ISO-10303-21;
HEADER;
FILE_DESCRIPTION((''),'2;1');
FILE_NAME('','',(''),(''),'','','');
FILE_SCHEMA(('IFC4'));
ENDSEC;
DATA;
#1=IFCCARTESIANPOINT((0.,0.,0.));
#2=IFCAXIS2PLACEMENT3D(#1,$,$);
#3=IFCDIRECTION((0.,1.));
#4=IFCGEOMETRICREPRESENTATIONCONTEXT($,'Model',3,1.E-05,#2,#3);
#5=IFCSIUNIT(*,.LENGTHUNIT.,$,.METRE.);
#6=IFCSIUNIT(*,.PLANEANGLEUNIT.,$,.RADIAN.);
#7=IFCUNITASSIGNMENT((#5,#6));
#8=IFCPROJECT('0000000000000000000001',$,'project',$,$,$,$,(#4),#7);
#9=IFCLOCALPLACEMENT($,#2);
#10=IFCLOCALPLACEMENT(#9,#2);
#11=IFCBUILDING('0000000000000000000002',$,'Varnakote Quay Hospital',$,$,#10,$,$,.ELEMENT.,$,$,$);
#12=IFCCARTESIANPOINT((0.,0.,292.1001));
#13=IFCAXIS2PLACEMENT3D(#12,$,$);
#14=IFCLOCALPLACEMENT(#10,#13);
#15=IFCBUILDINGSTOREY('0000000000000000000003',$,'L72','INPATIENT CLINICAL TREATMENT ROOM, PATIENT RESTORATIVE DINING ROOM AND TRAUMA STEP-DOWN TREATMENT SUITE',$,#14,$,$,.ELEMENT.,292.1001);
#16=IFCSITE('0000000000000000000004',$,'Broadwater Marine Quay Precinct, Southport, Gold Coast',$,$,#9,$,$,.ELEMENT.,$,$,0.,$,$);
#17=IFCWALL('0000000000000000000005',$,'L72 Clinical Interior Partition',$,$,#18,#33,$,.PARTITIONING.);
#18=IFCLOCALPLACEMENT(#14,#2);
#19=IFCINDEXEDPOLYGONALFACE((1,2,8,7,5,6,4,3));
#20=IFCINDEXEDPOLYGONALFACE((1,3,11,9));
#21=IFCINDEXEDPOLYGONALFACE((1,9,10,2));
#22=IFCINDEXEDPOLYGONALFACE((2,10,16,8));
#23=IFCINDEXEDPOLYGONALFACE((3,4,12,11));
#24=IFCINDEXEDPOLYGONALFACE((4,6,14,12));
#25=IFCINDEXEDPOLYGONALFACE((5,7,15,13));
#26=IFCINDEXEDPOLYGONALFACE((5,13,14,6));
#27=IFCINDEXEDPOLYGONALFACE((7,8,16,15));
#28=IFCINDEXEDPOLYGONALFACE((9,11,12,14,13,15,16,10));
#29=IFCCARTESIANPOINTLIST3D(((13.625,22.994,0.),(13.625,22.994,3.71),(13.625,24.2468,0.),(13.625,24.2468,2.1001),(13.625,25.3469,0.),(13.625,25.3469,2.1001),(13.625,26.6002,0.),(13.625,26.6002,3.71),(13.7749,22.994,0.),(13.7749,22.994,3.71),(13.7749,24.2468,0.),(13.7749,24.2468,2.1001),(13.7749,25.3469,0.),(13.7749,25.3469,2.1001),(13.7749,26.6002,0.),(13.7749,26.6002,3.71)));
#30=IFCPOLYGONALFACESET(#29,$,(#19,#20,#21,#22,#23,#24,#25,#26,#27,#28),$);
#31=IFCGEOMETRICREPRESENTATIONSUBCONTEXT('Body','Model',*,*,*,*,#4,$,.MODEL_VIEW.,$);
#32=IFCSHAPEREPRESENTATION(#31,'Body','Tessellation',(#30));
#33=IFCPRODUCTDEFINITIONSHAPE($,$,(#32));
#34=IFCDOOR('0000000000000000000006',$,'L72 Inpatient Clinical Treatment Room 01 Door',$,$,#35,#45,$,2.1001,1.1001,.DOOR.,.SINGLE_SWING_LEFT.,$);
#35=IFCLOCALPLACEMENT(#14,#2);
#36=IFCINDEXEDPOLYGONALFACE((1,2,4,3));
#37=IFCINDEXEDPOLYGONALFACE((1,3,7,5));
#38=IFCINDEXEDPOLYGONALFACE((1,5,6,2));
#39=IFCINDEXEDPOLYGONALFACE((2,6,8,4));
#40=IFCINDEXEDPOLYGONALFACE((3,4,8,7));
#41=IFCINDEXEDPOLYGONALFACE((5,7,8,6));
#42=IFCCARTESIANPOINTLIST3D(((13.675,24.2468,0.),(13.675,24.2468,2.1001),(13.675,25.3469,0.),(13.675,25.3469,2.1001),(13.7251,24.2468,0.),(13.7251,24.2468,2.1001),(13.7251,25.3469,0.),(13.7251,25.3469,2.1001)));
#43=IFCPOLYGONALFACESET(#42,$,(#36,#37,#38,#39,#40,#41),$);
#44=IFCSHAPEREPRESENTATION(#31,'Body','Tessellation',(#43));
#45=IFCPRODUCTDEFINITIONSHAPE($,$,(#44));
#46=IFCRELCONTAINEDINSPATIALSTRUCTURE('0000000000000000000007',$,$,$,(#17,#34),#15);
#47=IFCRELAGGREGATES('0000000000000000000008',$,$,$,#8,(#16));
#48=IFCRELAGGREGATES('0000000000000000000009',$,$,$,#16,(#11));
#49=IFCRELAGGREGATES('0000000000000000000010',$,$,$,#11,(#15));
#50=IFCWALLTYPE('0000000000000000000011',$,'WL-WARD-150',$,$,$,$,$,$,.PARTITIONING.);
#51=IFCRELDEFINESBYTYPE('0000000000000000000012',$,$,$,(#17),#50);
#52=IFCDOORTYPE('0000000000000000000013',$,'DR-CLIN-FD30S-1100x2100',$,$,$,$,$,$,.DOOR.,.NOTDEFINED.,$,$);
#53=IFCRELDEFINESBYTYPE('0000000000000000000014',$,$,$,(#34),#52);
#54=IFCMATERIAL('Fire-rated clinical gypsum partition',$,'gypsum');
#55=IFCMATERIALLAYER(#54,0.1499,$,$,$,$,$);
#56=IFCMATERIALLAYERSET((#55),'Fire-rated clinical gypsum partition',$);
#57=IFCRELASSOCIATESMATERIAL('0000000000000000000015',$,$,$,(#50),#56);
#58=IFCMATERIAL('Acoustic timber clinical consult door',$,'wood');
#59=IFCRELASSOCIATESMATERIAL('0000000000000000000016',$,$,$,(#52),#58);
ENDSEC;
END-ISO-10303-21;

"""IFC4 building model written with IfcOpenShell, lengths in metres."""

from ifc_helpers import new_model, si_unit, direction, frame, frame_2d, origin, place, context, subcontext, project, spatial, rectangle, extrude, material, layer, layer_set, type_object, element, fill, save


model = new_model("IFC4")

# Units and contexts
model_context = context("Model", 3, precision=1e-05, world=origin(), true_north=direction((0.0, 1.0)))
body_context = subcontext(model_context, "Body", "Model", "MODEL_VIEW")
ifc_project = project(units=[si_unit("LENGTHUNIT", "METRE"), si_unit("PLANEANGLEUNIT", "RADIAN")], contexts=[model_context])

# Site, building, storey
site_placement = place(None, origin())
site = spatial("IfcSite", under=ifc_project, at=site_placement, Name="Broadwater Marine Quay Precinct, Southport, Gold Coast", CompositionType="ELEMENT", RefElevation=0.0)
building_placement = place(site_placement, origin())
building = spatial("IfcBuilding", under=site, at=building_placement, Name="Varnakote Quay Hospital", CompositionType="ELEMENT")
storey_placement = place(building_placement, frame((0.0, 0.0, 292.1001)))
storey = spatial("IfcBuildingStorey", under=building, at=storey_placement, Name="L72", Description="INPATIENT CLINICAL TREATMENT ROOM, PATIENT RESTORATIVE DINING ROOM AND TRAUMA STEP-DOWN TREATMENT SUITE", CompositionType="ELEMENT", Elevation=292.1001)

# Wall, opening, door
ifc_material_1 = material(Name="Fire-rated clinical gypsum partition", Category="gypsum")
ifc_layer_1 = layer(ifc_material_1, 0.1499)
ifc_layer_set_1 = layer_set([ifc_layer_1], Name="Fire-rated clinical gypsum partition")
wall_type_1 = type_object("IfcWallType", Name="WL-WARD-150", PredefinedType="PARTITIONING", material=ifc_layer_set_1)
wall_1_placement = place(storey_placement, frame((13.7, 22.9939, 0.0), z_axis=(0.0, 0.0, 1.0), x_axis=(0.0, 1.0, 0.0)))
wall_1 = element("IfcWall", 1, at=wall_1_placement, inside=storey, type_object=wall_type_1, Name="L72 Clinical Interior Partition", PredefinedType="PARTITIONING", context=body_context, shape_type="SweptSolid", body=[
    extrude(rectangle(XDim=3.6062, YDim=0.1499, at=frame_2d((1.8032, 0.0))), origin(), (0.0, 0.0, 1.0), 3.71),
])
opening_1_placement = place(wall_1_placement, frame((1.2529, 0.0, 0.0)))
opening_1 = element("IfcOpeningElement", 2, at=opening_1_placement, cuts=wall_1, PredefinedType="OPENING", context=body_context, shape_type="SweptSolid", body=[
    extrude(rectangle(XDim=1.1001, YDim=2.1001, at=frame_2d((0.55, 1.05))), frame((0.0, 0.085, 0.0), z_axis=(0.0, -1.0, 0.0), x_axis=(1.0, 0.0, 0.0)), (0.0, 0.0, 1.0), 0.1699),
])
ifc_material_2 = material(Name="Acoustic timber clinical consult door", Category="wood")
door_type_1 = type_object("IfcDoorType", Name="DR-CLIN-FD30S-1100x2100", OperationType="NOTDEFINED", PredefinedType="DOOR", material=ifc_material_2)
door_1_placement = place(opening_1_placement, origin())
door_1 = element("IfcDoor", 3, at=door_1_placement, inside=storey, type_object=door_type_1, Name="L72 Inpatient Clinical Treatment Room 01 Door", OperationType="SINGLE_SWING_LEFT", OverallHeight=2.1001, OverallWidth=1.1001, PredefinedType="DOOR", context=body_context, shape_type="SweptSolid", body=[
    extrude(rectangle(XDim=1.1001, YDim=2.1001, at=frame_2d((0.55, 1.05))), frame((0.0, 0.0249, 0.0), z_axis=(0.0, -1.0, 0.0), x_axis=(1.0, 0.0, 0.0)), (0.0, 0.0, 1.0), 0.05),
])
fill(opening_1, door_1)

save(model, "model.ifc")
